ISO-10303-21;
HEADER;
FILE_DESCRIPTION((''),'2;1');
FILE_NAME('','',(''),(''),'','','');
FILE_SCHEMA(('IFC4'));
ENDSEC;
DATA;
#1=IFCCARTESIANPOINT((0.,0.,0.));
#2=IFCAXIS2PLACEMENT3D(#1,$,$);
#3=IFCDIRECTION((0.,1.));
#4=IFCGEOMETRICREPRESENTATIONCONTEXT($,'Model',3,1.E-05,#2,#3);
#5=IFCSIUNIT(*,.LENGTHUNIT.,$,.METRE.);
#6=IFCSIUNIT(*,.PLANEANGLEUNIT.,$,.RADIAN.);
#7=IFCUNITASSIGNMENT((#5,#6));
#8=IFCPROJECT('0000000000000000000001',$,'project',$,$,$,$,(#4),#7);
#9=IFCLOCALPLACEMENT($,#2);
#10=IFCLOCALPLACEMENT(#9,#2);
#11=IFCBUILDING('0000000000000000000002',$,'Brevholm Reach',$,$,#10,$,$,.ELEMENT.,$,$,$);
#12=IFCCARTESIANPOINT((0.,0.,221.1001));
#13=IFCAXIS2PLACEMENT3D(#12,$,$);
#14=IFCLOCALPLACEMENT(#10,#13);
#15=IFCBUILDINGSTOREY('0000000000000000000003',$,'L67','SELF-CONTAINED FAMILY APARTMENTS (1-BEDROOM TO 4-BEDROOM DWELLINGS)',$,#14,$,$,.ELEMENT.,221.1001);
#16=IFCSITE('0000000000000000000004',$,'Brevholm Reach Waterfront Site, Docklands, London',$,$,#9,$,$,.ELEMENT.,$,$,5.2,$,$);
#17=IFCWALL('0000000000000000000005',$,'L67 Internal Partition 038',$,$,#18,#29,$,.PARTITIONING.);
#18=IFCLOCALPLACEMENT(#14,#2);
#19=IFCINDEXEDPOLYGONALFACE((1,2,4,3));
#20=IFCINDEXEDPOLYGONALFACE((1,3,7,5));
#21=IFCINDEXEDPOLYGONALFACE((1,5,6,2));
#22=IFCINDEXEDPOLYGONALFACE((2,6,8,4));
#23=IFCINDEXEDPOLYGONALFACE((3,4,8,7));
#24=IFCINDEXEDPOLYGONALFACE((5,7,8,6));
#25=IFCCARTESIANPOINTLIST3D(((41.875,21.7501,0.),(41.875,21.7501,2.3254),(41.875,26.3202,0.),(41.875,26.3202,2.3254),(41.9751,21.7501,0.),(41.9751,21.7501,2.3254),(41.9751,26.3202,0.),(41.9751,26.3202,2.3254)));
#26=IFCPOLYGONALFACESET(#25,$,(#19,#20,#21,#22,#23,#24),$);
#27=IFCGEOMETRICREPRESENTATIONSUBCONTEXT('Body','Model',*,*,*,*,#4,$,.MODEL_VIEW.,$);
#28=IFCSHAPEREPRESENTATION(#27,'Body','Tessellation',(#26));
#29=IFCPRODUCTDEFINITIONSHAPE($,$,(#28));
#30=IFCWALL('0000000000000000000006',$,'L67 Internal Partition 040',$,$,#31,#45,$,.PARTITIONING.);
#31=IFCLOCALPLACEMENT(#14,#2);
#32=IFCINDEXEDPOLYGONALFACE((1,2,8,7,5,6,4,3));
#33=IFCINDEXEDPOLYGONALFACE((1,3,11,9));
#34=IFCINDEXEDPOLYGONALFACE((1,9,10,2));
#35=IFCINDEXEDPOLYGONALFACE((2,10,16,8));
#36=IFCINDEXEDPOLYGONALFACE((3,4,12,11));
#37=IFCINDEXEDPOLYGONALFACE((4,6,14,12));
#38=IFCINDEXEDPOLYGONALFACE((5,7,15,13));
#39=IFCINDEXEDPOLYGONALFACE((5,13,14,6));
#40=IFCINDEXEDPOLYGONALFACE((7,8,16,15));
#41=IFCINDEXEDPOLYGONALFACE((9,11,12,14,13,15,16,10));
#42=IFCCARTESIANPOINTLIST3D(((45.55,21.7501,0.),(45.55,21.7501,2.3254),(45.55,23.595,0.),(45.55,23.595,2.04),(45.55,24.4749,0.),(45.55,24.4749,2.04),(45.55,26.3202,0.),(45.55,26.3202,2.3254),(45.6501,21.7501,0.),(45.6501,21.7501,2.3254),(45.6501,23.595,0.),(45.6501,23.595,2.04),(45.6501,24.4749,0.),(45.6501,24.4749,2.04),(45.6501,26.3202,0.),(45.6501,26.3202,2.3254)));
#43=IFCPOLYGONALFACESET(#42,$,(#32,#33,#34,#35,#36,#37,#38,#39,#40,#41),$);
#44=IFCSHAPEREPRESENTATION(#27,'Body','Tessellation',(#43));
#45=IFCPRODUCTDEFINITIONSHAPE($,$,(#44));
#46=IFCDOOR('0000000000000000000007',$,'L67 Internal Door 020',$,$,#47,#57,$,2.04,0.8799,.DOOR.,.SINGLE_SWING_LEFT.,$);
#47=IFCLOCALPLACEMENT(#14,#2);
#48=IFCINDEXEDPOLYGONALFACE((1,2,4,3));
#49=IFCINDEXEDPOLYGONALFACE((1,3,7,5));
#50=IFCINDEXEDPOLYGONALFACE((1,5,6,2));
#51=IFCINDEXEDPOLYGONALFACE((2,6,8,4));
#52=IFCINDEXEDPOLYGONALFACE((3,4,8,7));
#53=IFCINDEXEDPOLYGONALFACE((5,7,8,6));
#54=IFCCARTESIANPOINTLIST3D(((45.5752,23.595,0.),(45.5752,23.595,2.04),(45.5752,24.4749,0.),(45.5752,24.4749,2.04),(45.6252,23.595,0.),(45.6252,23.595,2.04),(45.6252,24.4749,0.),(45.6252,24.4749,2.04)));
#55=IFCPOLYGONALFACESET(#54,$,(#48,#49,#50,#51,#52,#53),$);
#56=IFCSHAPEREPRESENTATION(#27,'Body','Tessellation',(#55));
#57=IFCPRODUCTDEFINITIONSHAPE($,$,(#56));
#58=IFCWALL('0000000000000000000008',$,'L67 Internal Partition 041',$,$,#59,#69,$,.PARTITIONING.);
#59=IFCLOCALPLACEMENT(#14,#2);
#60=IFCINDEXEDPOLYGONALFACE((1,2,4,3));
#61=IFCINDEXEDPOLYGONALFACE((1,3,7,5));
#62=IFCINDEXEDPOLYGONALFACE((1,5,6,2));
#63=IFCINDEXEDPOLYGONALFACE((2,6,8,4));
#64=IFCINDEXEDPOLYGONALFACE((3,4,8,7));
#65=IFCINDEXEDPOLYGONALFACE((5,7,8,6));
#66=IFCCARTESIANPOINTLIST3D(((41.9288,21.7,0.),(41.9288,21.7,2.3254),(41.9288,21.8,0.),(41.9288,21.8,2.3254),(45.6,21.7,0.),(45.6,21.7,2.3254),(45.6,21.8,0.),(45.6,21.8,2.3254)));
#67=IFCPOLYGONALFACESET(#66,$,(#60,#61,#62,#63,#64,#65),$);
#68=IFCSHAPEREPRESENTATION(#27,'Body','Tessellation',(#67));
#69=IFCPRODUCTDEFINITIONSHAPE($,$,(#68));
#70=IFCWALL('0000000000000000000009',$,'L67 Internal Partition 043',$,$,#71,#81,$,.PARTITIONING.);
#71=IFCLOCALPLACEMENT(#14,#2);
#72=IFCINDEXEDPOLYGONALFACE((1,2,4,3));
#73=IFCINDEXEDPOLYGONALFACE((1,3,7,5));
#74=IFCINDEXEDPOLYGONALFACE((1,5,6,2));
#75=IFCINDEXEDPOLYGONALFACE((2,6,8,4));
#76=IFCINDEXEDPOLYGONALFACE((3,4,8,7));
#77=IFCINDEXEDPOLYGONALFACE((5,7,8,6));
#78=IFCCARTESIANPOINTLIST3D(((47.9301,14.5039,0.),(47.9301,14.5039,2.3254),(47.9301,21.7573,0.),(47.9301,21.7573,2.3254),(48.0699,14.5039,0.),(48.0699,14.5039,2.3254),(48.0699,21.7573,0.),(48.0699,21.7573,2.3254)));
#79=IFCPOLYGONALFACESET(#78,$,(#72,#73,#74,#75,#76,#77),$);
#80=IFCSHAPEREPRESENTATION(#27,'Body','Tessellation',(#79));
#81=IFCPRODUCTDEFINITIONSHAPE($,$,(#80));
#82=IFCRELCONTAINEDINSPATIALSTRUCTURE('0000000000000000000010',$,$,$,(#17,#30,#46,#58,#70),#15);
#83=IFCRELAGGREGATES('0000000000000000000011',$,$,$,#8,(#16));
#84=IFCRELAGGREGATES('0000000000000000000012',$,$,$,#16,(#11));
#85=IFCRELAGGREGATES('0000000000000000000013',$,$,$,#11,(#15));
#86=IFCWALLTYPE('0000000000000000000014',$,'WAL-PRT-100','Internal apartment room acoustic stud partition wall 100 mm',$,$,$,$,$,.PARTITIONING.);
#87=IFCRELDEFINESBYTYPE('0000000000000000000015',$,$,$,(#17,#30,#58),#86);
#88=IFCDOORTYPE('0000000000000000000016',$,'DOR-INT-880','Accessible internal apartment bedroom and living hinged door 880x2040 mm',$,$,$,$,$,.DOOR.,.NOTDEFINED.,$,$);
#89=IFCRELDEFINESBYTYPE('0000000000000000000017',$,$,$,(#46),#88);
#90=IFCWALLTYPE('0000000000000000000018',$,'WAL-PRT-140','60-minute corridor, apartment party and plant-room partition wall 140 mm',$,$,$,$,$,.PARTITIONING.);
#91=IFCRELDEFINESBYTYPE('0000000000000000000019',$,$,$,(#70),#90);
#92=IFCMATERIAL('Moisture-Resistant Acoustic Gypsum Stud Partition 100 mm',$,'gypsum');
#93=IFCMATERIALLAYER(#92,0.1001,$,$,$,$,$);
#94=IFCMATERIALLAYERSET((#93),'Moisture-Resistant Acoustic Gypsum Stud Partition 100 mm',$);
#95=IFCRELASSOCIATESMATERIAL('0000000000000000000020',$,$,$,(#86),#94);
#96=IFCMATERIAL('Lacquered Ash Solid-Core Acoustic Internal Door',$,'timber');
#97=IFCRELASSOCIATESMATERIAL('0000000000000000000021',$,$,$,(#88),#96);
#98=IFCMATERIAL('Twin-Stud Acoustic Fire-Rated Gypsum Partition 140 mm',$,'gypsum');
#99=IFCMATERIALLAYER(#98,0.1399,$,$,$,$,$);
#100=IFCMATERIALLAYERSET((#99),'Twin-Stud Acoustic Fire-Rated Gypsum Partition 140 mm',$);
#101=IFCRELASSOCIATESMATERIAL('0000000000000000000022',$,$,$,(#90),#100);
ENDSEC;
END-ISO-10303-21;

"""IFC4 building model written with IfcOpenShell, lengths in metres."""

from ifc_helpers import new_model, si_unit, direction, frame, frame_2d, origin, place, context, subcontext, project, spatial, rectangle, extrude, material, layer, layer_set, type_object, element, fill, save


model = new_model("IFC4")

# Units and contexts
model_context = context("Model", 3, precision=1e-05, world=origin(), true_north=direction((0.0, 1.0)))
body_context = subcontext(model_context, "Body", "Model", "MODEL_VIEW")
ifc_project = project(units=[si_unit("LENGTHUNIT", "METRE"), si_unit("PLANEANGLEUNIT", "RADIAN")], contexts=[model_context])

# Site, building, storey
site_placement = place(None, origin())
site = spatial("IfcSite", under=ifc_project, at=site_placement, Name="Brevholm Reach Waterfront Site, Docklands, London", CompositionType="ELEMENT", RefElevation=5.2)
building_placement = place(site_placement, origin())
building = spatial("IfcBuilding", under=site, at=building_placement, Name="Brevholm Reach", CompositionType="ELEMENT")
storey_placement = place(building_placement, frame((0.0, 0.0, 221.1001)))
storey = spatial("IfcBuildingStorey", under=building, at=storey_placement, Name="L67", Description="SELF-CONTAINED FAMILY APARTMENTS (1-BEDROOM TO 4-BEDROOM DWELLINGS)", CompositionType="ELEMENT", Elevation=221.1001)

# Shared definitions
ifc_material_1 = material(Name="Moisture-Resistant Acoustic Gypsum Stud Partition 100 mm", Category="gypsum")
ifc_layer_1 = layer(ifc_material_1, 0.1001)
ifc_layer_set_1 = layer_set([ifc_layer_1], Name="Moisture-Resistant Acoustic Gypsum Stud Partition 100 mm")
wall_type_1 = type_object("IfcWallType", Name="WAL-PRT-100", Description="Internal apartment room acoustic stud partition wall 100 mm", PredefinedType="PARTITIONING", material=ifc_layer_set_1)

# Shared definitions
ifc_material_2 = material(Name="Lacquered Ash Solid-Core Acoustic Internal Door", Category="timber")
door_type = type_object("IfcDoorType", Name="DOR-INT-880", Description="Accessible internal apartment bedroom and living hinged door 880x2040 mm", OperationType="NOTDEFINED", PredefinedType="DOOR", material=ifc_material_2)

# Wall
wall_1_placement = place(storey_placement, frame((41.925, 21.75, 0.0), z_axis=(0.0, 0.0, 1.0), x_axis=(0.0, 1.0, 0.0)))
element("IfcWall", 1, at=wall_1_placement, inside=storey, type_object=wall_type_1, Name="L67 Internal Partition 038", PredefinedType="PARTITIONING", context=body_context, shape_type="SweptSolid", body=[
    extrude(rectangle(XDim=4.5701, YDim=0.1001, at=frame_2d((2.2852, 0.0))), origin(), (0.0, 0.0, 1.0), 2.3254),
])

# Wall, opening, door
wall_2_placement = place(storey_placement, frame((45.6001, 21.75, 0.0), z_axis=(0.0, 0.0, 1.0), x_axis=(0.0, 1.0, 0.0)))
wall_2 = element("IfcWall", 2, at=wall_2_placement, inside=storey, type_object=wall_type_1, Name="L67 Internal Partition 040", PredefinedType="PARTITIONING", context=body_context, shape_type="SweptSolid", body=[
    extrude(rectangle(XDim=4.5701, YDim=0.1001, at=frame_2d((2.2852, 0.0))), origin(), (0.0, 0.0, 1.0), 2.3254),
])
opening_1_placement = place(wall_2_placement, frame((1.845, 0.0, 0.0)))
opening_1 = element("IfcOpeningElement", 3, at=opening_1_placement, cuts=wall_2, PredefinedType="OPENING", context=body_context, shape_type="SweptSolid", body=[
    extrude(rectangle(XDim=0.8799, YDim=2.04, at=frame_2d((0.4399, 1.02))), frame((0.0, 0.0601, 0.0), z_axis=(0.0, -1.0, 0.0), x_axis=(1.0, 0.0, 0.0)), (0.0, 0.0, 1.0), 0.1201),
])
door_1_placement = place(opening_1_placement, origin())
door_1 = element("IfcDoor", 4, at=door_1_placement, inside=storey, type_object=door_type, Name="L67 Internal Door 020", OperationType="SINGLE_SWING_LEFT", OverallHeight=2.04, OverallWidth=0.8799, PredefinedType="DOOR", context=body_context, shape_type="SweptSolid", body=[
    extrude(rectangle(XDim=0.8799, YDim=2.04, at=frame_2d((0.4399, 1.02))), frame((0.0, 0.0249, 0.0), z_axis=(0.0, -1.0, 0.0), x_axis=(1.0, 0.0, 0.0)), (0.0, 0.0, 1.0), 0.05),
])
fill(opening_1, door_1)

# Walls
wall_3_placement = place(storey_placement, frame((41.929, 21.75, 0.0), z_axis=(0.0, 0.0, 1.0), x_axis=(1.0, 0.0, 0.0)))
element("IfcWall", 5, at=wall_3_placement, inside=storey, type_object=wall_type_1, Name="L67 Internal Partition 041", PredefinedType="PARTITIONING", context=body_context, shape_type="SweptSolid", body=[
    extrude(rectangle(XDim=3.6711, YDim=0.1001, at=frame_2d((1.8354, 0.0))), origin(), (0.0, 0.0, 1.0), 2.3254),
])
ifc_material_3 = material(Name="Twin-Stud Acoustic Fire-Rated Gypsum Partition 140 mm", Category="gypsum")
ifc_layer_2 = layer(ifc_material_3, 0.1399)
ifc_layer_set_2 = layer_set([ifc_layer_2], Name="Twin-Stud Acoustic Fire-Rated Gypsum Partition 140 mm")
wall_type_2 = type_object("IfcWallType", Name="WAL-PRT-140", Description="60-minute corridor, apartment party and plant-room partition wall 140 mm", PredefinedType="PARTITIONING", material=ifc_layer_set_2)
wall_4_placement = place(storey_placement, frame((48.0, 14.5039, 0.0), z_axis=(0.0, 0.0, 1.0), x_axis=(0.0, 1.0, 0.0)))
element("IfcWall", 6, at=wall_4_placement, inside=storey, type_object=wall_type_2, Name="L67 Internal Partition 043", PredefinedType="PARTITIONING", context=body_context, shape_type="SweptSolid", body=[
    extrude(rectangle(XDim=7.2534, YDim=0.1399, at=frame_2d((3.6267, 0.0))), origin(), (0.0, 0.0, 1.0), 2.3254),
])

save(model, "model.ifc")
